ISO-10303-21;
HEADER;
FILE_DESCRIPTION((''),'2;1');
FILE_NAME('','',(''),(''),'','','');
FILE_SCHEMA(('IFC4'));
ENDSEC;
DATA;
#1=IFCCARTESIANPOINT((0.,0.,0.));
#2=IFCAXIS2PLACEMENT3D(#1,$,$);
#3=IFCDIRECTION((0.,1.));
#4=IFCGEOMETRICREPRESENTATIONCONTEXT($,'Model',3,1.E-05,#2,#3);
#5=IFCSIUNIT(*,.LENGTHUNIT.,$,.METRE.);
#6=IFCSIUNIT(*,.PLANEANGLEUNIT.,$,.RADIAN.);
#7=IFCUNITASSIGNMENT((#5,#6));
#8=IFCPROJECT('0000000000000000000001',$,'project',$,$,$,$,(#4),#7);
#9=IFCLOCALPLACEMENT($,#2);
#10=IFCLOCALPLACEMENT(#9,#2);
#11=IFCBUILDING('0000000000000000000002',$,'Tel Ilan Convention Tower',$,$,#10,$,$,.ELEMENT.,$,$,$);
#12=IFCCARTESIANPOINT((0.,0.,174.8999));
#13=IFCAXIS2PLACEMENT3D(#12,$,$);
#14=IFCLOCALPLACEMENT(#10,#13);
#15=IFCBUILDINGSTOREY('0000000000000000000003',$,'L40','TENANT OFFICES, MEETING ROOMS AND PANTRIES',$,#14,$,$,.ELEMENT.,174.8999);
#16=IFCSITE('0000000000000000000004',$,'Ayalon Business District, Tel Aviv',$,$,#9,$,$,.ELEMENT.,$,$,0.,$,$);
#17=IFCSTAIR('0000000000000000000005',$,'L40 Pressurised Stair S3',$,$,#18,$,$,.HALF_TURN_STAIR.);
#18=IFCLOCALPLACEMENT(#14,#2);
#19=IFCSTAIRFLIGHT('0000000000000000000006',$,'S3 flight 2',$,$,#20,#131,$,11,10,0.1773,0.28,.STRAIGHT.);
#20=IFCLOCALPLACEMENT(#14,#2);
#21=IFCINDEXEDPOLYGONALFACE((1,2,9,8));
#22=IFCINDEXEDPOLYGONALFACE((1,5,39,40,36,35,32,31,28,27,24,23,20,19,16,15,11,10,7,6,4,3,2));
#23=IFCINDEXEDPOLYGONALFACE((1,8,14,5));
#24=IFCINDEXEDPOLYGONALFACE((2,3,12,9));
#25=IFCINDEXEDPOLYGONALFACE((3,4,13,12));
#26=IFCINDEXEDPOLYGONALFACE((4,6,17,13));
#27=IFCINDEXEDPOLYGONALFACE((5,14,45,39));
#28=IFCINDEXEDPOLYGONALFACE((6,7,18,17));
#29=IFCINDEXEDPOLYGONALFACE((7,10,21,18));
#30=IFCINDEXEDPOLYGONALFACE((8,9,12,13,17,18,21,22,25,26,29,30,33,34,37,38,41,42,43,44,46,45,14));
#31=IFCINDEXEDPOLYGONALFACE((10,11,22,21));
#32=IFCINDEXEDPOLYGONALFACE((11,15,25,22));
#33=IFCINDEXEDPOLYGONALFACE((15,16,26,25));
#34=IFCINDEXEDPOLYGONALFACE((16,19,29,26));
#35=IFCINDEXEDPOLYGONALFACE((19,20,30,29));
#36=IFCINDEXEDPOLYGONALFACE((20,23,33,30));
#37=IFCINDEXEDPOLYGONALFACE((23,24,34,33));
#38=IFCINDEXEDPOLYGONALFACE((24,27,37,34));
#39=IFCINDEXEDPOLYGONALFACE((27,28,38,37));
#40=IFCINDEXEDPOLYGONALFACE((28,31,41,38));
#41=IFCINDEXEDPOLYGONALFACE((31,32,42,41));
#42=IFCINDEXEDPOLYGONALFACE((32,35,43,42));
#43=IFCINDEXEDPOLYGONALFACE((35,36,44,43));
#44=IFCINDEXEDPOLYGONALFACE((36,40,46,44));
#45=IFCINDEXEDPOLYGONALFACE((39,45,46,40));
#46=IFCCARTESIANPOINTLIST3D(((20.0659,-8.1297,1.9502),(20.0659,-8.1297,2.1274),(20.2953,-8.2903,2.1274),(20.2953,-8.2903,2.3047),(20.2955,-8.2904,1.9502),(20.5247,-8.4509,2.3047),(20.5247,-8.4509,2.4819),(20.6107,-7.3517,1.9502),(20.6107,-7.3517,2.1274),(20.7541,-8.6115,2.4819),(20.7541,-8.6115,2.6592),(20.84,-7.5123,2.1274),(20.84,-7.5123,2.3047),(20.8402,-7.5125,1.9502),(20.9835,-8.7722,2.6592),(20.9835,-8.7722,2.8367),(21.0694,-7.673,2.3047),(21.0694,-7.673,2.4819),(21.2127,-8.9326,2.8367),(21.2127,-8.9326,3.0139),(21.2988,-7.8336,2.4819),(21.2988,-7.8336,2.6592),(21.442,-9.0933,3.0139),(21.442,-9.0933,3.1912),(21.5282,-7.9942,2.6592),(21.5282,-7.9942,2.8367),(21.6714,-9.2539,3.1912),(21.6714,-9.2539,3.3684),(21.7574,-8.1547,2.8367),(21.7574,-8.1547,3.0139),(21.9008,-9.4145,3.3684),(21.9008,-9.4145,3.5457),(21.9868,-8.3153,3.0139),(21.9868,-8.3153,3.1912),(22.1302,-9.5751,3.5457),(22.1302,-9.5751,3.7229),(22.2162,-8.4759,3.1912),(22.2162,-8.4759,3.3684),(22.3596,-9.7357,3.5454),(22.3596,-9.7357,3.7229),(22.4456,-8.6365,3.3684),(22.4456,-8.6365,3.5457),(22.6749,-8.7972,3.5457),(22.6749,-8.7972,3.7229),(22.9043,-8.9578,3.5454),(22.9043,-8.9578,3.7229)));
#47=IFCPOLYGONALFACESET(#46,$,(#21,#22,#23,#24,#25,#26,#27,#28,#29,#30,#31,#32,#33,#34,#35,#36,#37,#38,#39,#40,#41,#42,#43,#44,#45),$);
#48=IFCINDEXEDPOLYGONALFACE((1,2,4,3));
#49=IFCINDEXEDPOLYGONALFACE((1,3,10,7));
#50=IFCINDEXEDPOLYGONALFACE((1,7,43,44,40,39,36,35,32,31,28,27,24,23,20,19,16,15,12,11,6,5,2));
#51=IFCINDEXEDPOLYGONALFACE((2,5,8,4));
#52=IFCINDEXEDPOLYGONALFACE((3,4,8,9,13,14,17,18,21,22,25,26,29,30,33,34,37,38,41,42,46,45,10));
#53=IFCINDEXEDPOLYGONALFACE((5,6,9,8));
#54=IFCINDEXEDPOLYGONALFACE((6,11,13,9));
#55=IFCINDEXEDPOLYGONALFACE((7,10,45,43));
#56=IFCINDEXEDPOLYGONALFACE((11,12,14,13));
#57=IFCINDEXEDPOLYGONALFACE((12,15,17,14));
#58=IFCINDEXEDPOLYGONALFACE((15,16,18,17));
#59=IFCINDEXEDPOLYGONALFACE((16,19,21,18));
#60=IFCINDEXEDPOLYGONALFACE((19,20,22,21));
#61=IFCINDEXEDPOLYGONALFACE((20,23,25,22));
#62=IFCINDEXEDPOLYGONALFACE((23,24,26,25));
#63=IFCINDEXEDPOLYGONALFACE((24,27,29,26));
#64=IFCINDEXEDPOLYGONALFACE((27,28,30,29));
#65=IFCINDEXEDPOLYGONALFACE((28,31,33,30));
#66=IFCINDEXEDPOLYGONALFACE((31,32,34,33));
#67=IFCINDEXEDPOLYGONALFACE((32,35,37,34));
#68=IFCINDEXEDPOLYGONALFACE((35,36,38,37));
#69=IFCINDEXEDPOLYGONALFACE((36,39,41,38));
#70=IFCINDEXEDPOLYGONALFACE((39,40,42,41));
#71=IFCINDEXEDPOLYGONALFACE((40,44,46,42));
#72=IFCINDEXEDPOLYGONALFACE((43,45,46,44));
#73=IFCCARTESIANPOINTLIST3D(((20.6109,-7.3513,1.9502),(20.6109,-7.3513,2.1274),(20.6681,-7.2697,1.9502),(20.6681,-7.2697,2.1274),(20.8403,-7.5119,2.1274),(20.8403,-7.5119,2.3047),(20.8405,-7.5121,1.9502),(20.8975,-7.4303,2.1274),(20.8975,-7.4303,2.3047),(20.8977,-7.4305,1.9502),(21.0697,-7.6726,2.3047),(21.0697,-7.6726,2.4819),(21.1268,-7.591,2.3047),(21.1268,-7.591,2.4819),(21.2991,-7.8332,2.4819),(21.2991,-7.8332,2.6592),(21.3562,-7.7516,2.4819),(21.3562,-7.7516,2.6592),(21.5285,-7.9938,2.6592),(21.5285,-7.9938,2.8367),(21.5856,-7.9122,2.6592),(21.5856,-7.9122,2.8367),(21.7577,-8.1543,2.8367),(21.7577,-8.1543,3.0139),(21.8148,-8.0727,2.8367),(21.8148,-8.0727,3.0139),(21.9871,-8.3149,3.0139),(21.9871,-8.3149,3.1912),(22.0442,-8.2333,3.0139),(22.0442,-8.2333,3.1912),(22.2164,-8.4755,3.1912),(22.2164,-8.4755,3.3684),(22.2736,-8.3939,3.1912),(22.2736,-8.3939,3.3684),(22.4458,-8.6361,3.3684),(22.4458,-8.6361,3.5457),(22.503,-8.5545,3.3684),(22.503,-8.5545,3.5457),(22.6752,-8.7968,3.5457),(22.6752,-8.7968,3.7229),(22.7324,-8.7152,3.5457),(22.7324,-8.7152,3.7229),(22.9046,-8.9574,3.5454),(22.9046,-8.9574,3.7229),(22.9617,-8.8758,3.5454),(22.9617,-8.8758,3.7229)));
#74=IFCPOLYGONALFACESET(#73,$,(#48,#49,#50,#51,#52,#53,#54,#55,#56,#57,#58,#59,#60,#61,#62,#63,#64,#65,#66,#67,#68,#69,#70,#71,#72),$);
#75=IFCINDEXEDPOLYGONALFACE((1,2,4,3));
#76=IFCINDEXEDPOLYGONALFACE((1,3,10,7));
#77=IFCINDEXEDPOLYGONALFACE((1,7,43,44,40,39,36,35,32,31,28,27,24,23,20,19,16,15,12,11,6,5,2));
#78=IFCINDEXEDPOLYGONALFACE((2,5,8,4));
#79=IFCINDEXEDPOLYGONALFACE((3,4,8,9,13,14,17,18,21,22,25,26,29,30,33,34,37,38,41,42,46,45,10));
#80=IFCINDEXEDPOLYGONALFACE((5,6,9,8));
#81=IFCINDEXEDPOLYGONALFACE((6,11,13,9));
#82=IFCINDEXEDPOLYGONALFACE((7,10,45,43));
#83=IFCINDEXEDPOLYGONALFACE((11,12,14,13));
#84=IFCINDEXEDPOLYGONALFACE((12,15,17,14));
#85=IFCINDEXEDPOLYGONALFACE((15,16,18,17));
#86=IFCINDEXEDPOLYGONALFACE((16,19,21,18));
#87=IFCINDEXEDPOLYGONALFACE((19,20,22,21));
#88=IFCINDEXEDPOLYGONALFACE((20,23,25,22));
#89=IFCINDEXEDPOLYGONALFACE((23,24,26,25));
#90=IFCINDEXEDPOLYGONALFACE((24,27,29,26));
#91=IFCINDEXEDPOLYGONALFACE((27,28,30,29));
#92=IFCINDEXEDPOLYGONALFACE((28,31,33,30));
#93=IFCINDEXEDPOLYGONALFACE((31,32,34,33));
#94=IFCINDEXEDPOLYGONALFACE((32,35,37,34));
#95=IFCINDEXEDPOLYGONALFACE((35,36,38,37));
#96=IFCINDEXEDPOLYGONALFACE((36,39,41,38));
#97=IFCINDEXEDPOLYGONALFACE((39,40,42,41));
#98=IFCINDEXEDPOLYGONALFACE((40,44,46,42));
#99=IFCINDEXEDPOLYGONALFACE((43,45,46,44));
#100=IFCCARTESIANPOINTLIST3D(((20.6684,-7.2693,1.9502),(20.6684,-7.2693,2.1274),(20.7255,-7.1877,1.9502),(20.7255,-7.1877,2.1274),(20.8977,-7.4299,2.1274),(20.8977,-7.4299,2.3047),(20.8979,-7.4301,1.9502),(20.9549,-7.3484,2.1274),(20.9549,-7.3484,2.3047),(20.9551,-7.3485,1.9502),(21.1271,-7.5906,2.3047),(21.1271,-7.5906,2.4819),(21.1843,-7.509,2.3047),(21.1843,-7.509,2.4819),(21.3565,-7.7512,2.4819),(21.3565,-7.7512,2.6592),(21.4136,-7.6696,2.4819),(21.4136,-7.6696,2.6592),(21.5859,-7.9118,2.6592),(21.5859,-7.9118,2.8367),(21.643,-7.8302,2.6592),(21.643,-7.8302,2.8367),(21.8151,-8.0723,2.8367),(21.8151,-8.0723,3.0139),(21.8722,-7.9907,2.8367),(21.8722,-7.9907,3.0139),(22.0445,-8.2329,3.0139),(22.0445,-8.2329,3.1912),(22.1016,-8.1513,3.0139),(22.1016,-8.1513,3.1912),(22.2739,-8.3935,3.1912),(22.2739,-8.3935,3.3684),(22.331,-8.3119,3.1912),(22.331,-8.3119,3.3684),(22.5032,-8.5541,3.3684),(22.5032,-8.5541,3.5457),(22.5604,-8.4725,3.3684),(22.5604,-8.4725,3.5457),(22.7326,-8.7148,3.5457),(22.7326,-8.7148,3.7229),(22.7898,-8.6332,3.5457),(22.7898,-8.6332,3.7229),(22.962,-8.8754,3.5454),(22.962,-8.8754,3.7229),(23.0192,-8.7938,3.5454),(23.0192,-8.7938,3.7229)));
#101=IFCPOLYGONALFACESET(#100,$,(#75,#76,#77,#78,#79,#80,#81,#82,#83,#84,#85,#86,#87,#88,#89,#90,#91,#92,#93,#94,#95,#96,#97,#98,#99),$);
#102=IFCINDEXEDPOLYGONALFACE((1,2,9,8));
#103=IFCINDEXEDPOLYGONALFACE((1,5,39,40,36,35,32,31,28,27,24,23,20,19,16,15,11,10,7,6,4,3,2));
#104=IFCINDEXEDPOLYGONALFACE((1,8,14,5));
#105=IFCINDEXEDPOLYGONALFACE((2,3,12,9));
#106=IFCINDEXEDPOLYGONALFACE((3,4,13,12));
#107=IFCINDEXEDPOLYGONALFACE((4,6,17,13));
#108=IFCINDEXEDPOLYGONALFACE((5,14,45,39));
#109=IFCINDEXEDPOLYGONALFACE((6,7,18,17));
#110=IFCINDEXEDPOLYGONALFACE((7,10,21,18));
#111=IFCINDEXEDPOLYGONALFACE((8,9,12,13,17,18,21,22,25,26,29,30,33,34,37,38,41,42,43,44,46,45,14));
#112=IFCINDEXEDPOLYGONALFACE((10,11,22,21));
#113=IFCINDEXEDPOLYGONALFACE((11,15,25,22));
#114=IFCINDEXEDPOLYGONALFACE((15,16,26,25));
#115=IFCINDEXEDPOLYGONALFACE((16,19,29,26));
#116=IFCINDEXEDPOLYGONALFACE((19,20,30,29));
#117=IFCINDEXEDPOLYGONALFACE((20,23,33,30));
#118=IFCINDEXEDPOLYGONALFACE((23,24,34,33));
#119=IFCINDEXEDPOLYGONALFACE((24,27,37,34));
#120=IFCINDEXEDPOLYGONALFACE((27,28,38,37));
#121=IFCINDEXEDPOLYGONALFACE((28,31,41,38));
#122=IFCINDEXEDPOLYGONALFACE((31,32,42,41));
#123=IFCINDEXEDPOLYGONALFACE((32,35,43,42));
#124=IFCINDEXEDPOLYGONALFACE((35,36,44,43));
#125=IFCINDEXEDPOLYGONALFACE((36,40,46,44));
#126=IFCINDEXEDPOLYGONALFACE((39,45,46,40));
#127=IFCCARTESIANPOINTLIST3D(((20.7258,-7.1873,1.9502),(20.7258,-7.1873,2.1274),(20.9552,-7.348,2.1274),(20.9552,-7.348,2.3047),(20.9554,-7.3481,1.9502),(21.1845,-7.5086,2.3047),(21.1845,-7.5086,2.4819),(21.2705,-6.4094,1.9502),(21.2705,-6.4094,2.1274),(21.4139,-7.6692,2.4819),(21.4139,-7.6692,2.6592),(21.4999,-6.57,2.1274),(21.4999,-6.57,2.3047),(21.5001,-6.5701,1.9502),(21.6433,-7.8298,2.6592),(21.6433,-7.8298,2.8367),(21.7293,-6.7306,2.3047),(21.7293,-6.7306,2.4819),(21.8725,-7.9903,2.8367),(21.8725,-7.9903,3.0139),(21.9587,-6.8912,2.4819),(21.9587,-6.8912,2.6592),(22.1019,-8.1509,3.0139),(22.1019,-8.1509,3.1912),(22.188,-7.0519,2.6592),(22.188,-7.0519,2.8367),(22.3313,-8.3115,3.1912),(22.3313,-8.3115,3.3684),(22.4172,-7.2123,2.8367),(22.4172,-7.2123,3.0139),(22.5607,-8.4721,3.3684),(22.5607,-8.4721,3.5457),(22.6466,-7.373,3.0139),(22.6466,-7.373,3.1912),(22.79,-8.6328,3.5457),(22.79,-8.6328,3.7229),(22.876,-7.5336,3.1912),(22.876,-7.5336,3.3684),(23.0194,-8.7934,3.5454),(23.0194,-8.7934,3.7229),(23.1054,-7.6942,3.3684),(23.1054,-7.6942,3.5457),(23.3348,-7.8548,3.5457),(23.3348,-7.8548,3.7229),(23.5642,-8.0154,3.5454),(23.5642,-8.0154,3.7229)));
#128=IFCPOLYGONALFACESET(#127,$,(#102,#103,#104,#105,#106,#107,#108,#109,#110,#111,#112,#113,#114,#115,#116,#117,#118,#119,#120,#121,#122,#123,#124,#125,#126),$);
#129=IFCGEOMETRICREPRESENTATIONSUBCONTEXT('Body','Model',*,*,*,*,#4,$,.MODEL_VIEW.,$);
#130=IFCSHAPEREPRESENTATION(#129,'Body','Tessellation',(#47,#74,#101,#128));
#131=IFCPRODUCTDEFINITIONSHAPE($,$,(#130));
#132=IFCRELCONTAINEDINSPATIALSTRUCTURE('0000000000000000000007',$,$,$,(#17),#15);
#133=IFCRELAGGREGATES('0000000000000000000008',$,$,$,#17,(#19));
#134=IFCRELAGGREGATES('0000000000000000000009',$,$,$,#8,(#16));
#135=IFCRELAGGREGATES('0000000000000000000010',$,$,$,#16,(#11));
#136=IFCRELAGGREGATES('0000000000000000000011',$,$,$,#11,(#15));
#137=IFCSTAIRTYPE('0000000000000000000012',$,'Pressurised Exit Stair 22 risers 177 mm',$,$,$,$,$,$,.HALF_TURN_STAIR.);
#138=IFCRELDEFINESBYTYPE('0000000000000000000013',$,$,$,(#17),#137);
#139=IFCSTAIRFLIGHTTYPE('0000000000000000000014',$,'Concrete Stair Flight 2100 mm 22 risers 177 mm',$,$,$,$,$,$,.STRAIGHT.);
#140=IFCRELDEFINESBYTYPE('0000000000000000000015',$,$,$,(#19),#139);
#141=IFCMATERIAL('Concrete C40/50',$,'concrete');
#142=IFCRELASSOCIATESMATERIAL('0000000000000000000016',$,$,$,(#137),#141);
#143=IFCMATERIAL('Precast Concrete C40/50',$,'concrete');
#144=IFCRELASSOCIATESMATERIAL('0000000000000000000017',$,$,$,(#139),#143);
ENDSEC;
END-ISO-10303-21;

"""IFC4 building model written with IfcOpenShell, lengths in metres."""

from ifc_helpers import new_model, si_unit, direction, frame, origin, place, context, subcontext, project, spatial, polyline, outline, extrude, material, type_object, element, aggregate, save


model = new_model("IFC4")

# Units and contexts
model_context = context("Model", 3, precision=1e-05, world=origin(), true_north=direction((0.0, 1.0)))
body_context = subcontext(model_context, "Body", "Model", "MODEL_VIEW")
ifc_project = project(units=[si_unit("LENGTHUNIT", "METRE"), si_unit("PLANEANGLEUNIT", "RADIAN")], contexts=[model_context])

# Site, building, storey
site_placement = place(None, origin())
site = spatial("IfcSite", under=ifc_project, at=site_placement, Name="Ayalon Business District, Tel Aviv", CompositionType="ELEMENT", RefElevation=0.0)
building_placement = place(site_placement, origin())
building = spatial("IfcBuilding", under=site, at=building_placement, Name="Tel Ilan Convention Tower", CompositionType="ELEMENT")
storey_placement = place(building_placement, frame((0.0, 0.0, 174.8999)))
storey = spatial("IfcBuildingStorey", under=building, at=storey_placement, Name="L40", Description="TENANT OFFICES, MEETING ROOMS AND PANTRIES", CompositionType="ELEMENT", Elevation=174.8999)

# Stair, stair flight
ifc_material_1 = material(Name="Concrete C40/50", Category="concrete")
stair_type = type_object("IfcStairType", Name="Pressurised Exit Stair 22 risers 177 mm", PredefinedType="HALF_TURN_STAIR", material=ifc_material_1)
stair_1_placement = place(storey_placement, origin())
stair_1 = element("IfcStair", 1, at=stair_1_placement, inside=storey, type_object=stair_type, Name="L40 Pressurised Stair S3", PredefinedType="HALF_TURN_STAIR")
ifc_material_2 = material(Name="Precast Concrete C40/50", Category="concrete")
stair_flight_type = type_object("IfcStairFlightType", Name="Concrete Stair Flight 2100 mm 22 risers 177 mm", PredefinedType="STRAIGHT", material=ifc_material_2)
stair_flight_1_placement = place(storey_placement, frame((20.6682, -7.2695, 1.9502), z_axis=(0.0, 0.0, 1.0), x_axis=(0.819152, -0.573576, 0.0)))
stair_flight_1 = element("IfcStairFlight", 2, at=stair_flight_1_placement, type_object=stair_flight_type, Name="S3 flight 2", NumberOfRisers=11, NumberOfTreads=10, PredefinedType="STRAIGHT", RiserHeight=0.1773, TreadLength=0.28, context=body_context, shape_type="SweptSolid", body=[
    extrude(outline(polyline([(0.0, 0.0), (0.0, 0.1772), (0.28, 0.1772), (0.28, 0.3545), (0.5601, 0.3545), (0.5601, 0.5317), (0.8401, 0.5317), (0.8401, 0.709), (1.1201, 0.709), (1.1201, 0.8865), (1.3999, 0.8865), (1.3999, 1.0637), (1.6799, 1.0637), (1.6799, 1.241), (1.96, 1.241), (1.96, 1.4182), (2.24, 1.4182), (2.24, 1.5955), (2.52, 1.5955), (2.52, 1.7727), (2.8, 1.7727), (2.8, 1.95), (2.8, 1.5952), (0.2803, 0.0), (0.0, 0.0)])), frame((0.0, -0.1003, 0.0), z_axis=(0.0, -1.0, 0.0), x_axis=(1.0, 0.0, 0.0)), (0.0, 0.0, 1.0), 0.9497),
    extrude(outline(polyline([(0.0, 0.0), (0.0, 0.1772), (0.28, 0.1772), (0.28, 0.3545), (0.5601, 0.3545), (0.5601, 0.5317), (0.8401, 0.5317), (0.8401, 0.709), (1.1201, 0.709), (1.1201, 0.8865), (1.3999, 0.8865), (1.3999, 1.0637), (1.6799, 1.0637), (1.6799, 1.241), (1.96, 1.241), (1.96, 1.4182), (2.24, 1.4182), (2.24, 1.5955), (2.52, 1.5955), (2.52, 1.7727), (2.8, 1.7727), (2.8, 1.95), (2.8, 1.5952), (0.2803, 0.0), (0.0, 0.0)])), frame((0.0, -0.0002, 0.0), z_axis=(0.0, -1.0, 0.0), x_axis=(1.0, 0.0, 0.0)), (0.0, 0.0, 1.0), 0.0996),
    extrude(outline(polyline([(0.0, 0.0), (0.0, 0.1772), (0.28, 0.1772), (0.28, 0.3545), (0.5601, 0.3545), (0.5601, 0.5317), (0.8401, 0.5317), (0.8401, 0.709), (1.1201, 0.709), (1.1201, 0.8865), (1.3999, 0.8865), (1.3999, 1.0637), (1.6799, 1.0637), (1.6799, 1.241), (1.96, 1.241), (1.96, 1.4182), (2.24, 1.4182), (2.24, 1.5955), (2.52, 1.5955), (2.52, 1.7727), (2.8, 1.7727), (2.8, 1.95), (2.8, 1.5952), (0.2803, 0.0), (0.0, 0.0)])), frame((0.0, 0.0999, 0.0), z_axis=(0.0, -1.0, 0.0), x_axis=(1.0, 0.0, 0.0)), (0.0, 0.0, 1.0), 0.0996),
    extrude(outline(polyline([(0.0, 0.0), (0.0, 0.1772), (0.28, 0.1772), (0.28, 0.3545), (0.5601, 0.3545), (0.5601, 0.5317), (0.8401, 0.5317), (0.8401, 0.709), (1.1201, 0.709), (1.1201, 0.8865), (1.3999, 0.8865), (1.3999, 1.0637), (1.6799, 1.0637), (1.6799, 1.241), (1.96, 1.241), (1.96, 1.4182), (2.24, 1.4182), (2.24, 1.5955), (2.52, 1.5955), (2.52, 1.7727), (2.8, 1.7727), (2.8, 1.95), (2.8, 1.5952), (0.2803, 0.0), (0.0, 0.0)])), frame((0.0, 1.05, 0.0), z_axis=(0.0, -1.0, 0.0), x_axis=(1.0, 0.0, 0.0)), (0.0, 0.0, 1.0), 0.9497),
])
aggregate(stair_1, [stair_flight_1])

save(model, "model.ifc")
